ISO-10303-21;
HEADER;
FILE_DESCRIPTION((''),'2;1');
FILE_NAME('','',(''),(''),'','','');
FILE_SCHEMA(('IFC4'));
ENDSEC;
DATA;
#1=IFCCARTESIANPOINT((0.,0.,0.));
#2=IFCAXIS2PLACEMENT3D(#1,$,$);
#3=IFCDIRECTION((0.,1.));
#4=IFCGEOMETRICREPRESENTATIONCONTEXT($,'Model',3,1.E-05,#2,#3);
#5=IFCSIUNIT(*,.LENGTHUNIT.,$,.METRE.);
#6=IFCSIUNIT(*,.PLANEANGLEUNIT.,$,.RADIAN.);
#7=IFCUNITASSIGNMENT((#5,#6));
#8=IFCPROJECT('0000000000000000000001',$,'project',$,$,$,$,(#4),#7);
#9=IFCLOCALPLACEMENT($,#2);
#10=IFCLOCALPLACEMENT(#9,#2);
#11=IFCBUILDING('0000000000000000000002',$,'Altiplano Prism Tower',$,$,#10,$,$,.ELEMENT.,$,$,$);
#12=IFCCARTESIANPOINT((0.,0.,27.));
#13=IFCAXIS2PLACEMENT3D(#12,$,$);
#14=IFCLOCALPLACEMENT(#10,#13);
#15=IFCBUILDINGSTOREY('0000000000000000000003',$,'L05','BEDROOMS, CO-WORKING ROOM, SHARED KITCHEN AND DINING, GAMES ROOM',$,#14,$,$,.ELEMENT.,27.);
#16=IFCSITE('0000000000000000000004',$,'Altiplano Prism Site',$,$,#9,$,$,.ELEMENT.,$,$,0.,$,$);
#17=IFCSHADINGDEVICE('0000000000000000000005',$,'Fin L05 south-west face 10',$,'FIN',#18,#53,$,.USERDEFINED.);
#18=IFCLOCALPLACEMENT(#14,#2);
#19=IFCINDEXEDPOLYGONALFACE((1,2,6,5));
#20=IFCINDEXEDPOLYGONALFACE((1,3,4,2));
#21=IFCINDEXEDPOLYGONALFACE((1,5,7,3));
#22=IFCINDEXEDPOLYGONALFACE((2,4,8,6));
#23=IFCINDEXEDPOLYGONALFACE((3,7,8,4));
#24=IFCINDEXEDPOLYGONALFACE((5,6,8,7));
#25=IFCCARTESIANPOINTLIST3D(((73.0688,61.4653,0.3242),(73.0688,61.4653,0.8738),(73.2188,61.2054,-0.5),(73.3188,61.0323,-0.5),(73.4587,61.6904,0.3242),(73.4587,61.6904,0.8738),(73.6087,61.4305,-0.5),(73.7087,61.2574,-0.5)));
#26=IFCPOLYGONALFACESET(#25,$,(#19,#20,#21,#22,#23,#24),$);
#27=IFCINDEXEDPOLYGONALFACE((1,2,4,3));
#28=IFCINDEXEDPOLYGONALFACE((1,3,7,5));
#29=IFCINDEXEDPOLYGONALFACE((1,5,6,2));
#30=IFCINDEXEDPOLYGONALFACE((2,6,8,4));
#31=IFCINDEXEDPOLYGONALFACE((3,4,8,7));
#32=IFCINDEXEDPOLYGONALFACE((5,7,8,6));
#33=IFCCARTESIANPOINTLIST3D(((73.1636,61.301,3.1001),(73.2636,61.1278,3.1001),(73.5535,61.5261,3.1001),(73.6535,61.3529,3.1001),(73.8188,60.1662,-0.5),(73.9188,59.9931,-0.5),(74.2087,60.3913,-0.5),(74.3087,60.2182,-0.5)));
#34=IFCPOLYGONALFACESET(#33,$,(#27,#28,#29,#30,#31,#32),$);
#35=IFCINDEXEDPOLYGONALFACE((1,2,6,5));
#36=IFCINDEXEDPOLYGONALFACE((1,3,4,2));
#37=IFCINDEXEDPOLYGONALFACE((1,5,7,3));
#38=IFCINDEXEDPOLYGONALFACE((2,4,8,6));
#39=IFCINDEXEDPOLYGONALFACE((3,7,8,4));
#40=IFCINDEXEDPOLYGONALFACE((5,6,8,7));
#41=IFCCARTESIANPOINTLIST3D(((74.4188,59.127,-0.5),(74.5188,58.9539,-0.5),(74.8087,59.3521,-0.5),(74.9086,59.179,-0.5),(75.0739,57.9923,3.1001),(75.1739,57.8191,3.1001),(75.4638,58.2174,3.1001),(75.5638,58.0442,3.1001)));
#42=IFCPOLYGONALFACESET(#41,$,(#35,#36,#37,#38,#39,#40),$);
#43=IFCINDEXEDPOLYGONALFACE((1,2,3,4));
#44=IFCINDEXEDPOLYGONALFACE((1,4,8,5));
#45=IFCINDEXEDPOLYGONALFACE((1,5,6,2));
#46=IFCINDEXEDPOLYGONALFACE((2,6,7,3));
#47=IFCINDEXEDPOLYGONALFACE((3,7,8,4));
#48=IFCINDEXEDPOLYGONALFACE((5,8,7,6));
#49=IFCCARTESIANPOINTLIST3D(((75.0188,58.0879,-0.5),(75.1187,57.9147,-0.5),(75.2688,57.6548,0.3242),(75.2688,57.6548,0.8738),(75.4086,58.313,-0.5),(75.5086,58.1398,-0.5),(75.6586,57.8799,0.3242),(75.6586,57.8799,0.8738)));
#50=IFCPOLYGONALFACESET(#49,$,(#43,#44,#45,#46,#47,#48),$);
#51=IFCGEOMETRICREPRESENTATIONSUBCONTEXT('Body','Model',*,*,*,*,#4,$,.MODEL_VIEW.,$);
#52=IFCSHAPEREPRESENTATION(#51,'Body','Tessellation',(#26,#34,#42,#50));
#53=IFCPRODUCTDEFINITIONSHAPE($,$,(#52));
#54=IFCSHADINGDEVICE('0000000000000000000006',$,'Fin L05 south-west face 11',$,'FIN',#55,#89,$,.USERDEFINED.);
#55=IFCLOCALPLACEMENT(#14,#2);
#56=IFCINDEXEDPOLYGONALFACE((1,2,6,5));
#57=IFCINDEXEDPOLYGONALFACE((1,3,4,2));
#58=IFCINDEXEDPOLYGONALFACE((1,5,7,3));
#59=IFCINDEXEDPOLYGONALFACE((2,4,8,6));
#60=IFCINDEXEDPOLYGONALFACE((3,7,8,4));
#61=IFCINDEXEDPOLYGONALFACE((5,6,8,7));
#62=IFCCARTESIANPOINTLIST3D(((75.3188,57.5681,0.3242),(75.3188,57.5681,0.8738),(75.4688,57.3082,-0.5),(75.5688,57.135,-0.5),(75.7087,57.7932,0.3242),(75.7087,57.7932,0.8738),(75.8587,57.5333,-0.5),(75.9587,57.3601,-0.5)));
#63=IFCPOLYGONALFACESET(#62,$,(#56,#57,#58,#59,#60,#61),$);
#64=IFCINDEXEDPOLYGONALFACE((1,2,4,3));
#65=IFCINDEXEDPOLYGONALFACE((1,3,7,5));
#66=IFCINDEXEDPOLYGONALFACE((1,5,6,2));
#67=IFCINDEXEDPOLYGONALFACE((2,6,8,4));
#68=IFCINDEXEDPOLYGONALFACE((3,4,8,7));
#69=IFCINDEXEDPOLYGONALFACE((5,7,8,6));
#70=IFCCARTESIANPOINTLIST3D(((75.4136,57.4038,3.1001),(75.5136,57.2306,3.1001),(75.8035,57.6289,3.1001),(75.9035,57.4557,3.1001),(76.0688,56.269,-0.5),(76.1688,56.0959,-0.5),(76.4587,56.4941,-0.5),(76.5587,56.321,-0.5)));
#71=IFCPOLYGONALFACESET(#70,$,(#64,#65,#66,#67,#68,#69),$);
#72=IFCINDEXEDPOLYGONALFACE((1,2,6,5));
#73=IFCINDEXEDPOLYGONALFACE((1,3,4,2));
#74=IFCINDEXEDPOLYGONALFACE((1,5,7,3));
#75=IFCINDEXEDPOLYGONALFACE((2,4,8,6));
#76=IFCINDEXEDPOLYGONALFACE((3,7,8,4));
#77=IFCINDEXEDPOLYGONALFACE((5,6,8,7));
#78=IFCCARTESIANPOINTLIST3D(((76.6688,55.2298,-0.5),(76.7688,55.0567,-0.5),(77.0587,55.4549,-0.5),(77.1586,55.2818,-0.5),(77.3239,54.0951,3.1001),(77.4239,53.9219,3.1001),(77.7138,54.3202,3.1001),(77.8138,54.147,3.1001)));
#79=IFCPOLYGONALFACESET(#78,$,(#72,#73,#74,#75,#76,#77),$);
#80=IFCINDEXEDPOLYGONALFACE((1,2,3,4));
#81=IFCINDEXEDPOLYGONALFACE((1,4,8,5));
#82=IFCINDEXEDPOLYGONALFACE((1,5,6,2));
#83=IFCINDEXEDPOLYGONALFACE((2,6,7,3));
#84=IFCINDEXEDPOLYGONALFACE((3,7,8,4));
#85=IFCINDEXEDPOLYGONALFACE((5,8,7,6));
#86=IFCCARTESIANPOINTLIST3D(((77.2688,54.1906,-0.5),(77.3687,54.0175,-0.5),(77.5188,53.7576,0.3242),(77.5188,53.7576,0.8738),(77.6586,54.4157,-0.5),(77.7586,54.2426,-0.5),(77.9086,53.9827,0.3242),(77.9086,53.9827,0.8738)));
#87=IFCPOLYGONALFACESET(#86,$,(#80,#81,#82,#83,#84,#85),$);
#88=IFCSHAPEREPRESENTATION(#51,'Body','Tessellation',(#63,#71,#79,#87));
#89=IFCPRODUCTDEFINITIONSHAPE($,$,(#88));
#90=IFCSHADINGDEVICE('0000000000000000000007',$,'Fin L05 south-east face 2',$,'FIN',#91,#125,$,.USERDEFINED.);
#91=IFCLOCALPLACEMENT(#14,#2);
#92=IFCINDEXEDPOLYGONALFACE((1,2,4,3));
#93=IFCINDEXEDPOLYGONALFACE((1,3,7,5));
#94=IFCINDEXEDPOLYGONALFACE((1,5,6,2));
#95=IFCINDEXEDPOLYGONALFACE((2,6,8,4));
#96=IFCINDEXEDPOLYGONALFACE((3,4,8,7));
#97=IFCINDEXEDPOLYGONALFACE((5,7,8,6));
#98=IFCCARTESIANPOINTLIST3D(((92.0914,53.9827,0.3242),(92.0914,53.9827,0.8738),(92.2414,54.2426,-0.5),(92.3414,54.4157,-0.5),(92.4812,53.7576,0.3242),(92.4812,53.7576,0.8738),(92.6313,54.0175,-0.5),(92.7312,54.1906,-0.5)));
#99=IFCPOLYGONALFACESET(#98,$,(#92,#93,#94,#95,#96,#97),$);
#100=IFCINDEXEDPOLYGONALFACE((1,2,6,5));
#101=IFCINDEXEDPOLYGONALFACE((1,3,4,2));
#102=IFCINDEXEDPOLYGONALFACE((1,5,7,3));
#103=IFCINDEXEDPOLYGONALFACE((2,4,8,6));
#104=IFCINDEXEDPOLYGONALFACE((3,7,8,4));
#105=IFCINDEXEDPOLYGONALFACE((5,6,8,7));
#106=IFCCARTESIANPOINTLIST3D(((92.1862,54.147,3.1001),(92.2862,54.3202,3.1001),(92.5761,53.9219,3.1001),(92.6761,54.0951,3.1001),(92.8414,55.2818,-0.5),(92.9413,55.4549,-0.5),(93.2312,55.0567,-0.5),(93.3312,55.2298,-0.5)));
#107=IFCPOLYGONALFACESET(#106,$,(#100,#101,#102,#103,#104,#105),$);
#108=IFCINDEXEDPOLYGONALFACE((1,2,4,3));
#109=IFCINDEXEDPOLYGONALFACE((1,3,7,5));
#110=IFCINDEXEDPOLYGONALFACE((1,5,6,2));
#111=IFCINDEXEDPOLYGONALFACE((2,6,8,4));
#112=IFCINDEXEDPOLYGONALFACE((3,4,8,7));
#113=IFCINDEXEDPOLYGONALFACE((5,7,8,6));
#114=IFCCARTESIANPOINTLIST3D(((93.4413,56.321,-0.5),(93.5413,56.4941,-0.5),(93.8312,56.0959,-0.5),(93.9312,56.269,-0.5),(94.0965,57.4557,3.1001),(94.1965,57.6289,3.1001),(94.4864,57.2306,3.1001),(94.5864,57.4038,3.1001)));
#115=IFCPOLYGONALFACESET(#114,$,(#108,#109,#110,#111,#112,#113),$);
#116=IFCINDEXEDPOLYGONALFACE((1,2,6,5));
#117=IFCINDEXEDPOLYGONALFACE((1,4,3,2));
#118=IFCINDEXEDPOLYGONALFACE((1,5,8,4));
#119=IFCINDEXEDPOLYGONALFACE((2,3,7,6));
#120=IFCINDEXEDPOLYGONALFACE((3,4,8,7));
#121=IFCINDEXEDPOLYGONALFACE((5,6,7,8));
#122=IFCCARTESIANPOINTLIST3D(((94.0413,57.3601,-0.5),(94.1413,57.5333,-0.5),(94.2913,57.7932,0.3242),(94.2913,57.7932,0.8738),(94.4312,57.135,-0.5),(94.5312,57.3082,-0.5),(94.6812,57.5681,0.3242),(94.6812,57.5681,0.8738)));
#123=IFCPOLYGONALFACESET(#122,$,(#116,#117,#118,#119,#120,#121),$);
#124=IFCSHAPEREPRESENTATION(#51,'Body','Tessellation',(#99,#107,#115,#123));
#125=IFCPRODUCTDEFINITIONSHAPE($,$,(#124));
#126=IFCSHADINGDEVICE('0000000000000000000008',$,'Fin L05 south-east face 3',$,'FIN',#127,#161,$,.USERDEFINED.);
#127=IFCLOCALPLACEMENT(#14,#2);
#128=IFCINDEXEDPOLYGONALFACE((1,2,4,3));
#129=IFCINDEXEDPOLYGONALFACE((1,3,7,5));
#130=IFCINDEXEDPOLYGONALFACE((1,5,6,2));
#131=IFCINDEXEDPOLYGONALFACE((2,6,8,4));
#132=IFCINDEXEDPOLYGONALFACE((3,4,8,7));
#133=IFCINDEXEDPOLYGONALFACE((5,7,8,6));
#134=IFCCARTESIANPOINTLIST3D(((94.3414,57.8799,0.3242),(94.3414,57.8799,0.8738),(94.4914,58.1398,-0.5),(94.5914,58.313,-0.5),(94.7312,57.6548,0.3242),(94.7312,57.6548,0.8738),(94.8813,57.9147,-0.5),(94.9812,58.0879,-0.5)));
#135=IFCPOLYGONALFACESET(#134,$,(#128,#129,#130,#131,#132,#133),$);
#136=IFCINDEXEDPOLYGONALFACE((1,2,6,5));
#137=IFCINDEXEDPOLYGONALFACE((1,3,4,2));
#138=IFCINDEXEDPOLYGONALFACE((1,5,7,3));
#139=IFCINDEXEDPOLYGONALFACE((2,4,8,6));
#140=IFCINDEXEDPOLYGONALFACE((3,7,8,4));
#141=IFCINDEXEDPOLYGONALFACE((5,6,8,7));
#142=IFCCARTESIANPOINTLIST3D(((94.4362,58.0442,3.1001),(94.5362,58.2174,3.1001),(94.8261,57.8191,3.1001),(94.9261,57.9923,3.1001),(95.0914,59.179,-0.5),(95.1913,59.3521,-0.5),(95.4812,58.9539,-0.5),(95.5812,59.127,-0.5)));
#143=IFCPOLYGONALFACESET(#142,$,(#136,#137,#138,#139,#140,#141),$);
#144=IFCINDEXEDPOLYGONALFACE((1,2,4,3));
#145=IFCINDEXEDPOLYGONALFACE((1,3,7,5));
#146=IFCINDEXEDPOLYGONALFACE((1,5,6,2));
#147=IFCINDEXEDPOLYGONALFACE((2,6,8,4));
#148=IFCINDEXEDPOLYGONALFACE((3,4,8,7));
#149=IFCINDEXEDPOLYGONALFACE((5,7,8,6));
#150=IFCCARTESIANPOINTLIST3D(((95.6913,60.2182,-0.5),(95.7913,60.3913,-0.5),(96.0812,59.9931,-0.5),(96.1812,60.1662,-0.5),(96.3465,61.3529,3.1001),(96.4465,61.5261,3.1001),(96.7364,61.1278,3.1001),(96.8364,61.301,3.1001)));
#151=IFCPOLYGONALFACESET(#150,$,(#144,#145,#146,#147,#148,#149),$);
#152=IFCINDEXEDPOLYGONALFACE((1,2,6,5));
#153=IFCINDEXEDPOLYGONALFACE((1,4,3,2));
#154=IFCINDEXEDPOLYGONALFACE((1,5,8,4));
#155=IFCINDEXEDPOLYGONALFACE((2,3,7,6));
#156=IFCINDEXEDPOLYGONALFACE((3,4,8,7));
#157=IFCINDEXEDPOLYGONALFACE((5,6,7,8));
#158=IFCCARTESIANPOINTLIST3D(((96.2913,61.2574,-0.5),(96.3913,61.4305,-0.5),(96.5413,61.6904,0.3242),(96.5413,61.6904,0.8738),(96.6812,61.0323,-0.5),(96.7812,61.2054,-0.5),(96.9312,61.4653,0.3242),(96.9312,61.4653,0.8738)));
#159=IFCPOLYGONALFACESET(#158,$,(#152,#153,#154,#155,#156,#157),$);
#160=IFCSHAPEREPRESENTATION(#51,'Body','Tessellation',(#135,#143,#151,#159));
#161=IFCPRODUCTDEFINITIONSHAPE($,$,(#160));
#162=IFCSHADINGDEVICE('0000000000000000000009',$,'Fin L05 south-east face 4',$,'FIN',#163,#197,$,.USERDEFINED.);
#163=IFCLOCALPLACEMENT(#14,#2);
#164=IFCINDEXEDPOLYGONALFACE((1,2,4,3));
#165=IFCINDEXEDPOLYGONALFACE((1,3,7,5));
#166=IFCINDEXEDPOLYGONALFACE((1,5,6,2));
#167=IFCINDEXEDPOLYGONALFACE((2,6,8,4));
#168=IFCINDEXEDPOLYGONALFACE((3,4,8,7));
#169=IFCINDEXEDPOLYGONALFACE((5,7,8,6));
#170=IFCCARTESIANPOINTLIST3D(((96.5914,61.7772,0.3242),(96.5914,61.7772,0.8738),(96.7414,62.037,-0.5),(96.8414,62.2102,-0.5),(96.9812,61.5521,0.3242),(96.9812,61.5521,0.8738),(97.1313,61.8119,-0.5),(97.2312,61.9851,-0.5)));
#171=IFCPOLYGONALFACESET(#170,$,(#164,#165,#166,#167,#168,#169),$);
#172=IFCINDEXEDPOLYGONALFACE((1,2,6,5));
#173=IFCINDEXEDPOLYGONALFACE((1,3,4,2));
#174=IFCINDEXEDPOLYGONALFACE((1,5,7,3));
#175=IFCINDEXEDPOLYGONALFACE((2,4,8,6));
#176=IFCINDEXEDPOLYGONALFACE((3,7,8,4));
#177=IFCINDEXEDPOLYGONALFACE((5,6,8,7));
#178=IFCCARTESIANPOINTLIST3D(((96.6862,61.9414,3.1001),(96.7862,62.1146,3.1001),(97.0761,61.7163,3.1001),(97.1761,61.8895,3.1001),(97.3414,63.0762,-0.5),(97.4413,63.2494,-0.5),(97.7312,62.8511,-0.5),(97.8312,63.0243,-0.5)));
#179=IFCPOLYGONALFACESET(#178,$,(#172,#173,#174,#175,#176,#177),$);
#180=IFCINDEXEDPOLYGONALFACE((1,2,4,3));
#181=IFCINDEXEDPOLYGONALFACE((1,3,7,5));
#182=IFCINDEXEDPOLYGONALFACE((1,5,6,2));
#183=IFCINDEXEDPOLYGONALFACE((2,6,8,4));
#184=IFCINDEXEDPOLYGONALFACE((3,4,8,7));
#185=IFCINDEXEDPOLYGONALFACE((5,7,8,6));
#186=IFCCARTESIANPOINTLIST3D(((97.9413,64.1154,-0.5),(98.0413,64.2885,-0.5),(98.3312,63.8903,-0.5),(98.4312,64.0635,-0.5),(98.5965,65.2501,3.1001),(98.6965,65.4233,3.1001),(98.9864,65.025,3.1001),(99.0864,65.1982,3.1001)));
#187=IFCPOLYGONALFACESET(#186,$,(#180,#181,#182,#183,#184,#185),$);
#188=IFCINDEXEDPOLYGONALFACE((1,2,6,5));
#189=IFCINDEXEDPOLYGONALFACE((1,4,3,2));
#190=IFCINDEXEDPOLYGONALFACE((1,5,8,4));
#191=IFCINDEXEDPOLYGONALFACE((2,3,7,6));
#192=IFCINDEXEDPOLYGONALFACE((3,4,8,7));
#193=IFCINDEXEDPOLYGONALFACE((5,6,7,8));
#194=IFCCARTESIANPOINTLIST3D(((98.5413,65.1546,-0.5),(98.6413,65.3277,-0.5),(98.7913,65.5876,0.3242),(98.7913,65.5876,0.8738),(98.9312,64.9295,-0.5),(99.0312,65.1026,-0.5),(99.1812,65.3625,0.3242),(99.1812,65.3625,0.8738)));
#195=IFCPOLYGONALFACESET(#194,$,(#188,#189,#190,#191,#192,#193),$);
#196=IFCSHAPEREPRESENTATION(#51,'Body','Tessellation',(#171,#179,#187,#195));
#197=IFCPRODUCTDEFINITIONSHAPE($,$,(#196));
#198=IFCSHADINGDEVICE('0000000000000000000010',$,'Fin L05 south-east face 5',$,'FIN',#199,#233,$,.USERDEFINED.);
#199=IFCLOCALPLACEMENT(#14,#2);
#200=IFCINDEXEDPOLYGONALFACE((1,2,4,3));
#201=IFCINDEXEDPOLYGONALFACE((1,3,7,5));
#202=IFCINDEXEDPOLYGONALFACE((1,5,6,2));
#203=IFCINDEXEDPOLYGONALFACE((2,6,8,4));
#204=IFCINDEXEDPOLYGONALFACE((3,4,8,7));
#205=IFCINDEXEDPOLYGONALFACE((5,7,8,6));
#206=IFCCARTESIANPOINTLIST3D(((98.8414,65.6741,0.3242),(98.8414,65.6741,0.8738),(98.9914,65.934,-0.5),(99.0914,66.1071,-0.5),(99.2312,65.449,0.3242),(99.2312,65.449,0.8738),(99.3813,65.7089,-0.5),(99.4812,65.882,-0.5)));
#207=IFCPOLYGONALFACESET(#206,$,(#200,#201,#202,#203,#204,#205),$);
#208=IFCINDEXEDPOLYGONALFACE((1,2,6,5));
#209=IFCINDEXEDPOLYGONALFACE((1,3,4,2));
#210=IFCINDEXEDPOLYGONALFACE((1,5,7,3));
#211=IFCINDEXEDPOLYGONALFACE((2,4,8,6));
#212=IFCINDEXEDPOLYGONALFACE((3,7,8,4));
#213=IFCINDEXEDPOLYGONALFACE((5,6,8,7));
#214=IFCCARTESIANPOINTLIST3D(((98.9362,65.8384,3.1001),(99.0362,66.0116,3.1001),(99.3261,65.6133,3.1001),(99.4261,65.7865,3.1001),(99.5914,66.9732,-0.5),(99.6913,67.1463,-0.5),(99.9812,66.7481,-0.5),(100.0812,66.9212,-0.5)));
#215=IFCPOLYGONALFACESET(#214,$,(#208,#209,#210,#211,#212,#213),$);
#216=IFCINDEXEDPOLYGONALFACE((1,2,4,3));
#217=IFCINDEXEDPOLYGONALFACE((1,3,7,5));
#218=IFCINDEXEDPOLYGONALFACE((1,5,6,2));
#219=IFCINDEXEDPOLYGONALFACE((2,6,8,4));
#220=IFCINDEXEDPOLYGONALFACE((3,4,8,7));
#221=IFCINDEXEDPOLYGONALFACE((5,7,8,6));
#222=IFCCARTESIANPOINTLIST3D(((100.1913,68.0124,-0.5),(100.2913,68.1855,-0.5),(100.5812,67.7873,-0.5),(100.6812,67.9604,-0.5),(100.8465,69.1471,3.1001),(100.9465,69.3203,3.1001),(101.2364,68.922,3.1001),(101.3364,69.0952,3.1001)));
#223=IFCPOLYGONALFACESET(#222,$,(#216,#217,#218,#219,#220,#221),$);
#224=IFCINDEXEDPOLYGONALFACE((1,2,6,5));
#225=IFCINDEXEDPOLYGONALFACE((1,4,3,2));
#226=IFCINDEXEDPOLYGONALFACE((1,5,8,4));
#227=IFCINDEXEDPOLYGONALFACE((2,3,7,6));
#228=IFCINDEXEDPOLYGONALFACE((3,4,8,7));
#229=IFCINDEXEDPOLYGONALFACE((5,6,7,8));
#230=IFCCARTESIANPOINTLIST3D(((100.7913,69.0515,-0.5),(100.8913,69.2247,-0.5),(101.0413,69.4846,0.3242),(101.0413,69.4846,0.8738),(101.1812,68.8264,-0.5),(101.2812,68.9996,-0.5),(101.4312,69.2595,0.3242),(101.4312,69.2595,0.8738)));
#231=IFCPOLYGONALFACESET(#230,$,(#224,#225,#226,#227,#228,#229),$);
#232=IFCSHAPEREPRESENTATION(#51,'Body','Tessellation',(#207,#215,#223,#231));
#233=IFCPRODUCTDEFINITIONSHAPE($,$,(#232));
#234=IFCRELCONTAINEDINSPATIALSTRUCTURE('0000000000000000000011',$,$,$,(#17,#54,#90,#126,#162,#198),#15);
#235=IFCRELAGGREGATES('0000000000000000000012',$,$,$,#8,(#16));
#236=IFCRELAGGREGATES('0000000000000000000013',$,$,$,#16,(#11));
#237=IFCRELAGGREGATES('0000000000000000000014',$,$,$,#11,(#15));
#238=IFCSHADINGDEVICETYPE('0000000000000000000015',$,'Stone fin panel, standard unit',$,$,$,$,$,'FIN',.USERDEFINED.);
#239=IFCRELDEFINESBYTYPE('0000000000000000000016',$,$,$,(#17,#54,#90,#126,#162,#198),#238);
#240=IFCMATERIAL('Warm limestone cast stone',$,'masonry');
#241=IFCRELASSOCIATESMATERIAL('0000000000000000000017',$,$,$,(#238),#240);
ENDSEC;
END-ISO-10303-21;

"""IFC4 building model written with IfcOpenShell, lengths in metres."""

from ifc_helpers import new_model, si_unit, direction, frame, origin, place, context, subcontext, project, spatial, polyline, outline, extrude, source, transform, mapped, material, type_object, element, save


model = new_model("IFC4")

# Units and contexts
model_context = context("Model", 3, precision=1e-05, world=origin(), true_north=direction((0.0, 1.0)))
body_context = subcontext(model_context, "Body", "Model", "MODEL_VIEW")
ifc_project = project(units=[si_unit("LENGTHUNIT", "METRE"), si_unit("PLANEANGLEUNIT", "RADIAN")], contexts=[model_context])

# Site, building, storey
site_placement = place(None, origin())
site = spatial("IfcSite", under=ifc_project, at=site_placement, Name="Altiplano Prism Site", CompositionType="ELEMENT", RefElevation=0.0)
building_placement = place(site_placement, origin())
building = spatial("IfcBuilding", under=site, at=building_placement, Name="Altiplano Prism Tower", CompositionType="ELEMENT")
storey_placement = place(building_placement, frame((0.0, 0.0, 27.0)))
storey = spatial("IfcBuildingStorey", under=building, at=storey_placement, Name="L05", Description="BEDROOMS, CO-WORKING ROOM, SHARED KITCHEN AND DINING, GAMES ROOM", CompositionType="ELEMENT", Elevation=27.0)

# Shading devices
ifc_material_1 = material(Name="Warm limestone cast stone", Category="masonry")
shading_device_type_1 = type_object("IfcShadingDeviceType", Name="Stone fin panel, standard unit", ElementType="FIN", PredefinedType="USERDEFINED", material=ifc_material_1)
shared_shape_1 = source(origin(), body_context, "Body", "SweptSolid", [
    extrude(outline(polyline([(-2.2, 1.3738), (-2.2, 0.8242), (-1.8999, 0.0), (-1.7, 0.0), (-2.2, 1.3738)])), frame((0.0, -0.1499, 0.0), z_axis=(0.0, -1.0, 0.0), x_axis=(1.0, 0.0, 0.0)), (0.0, 0.0, 1.0), 0.4502),
    extrude(outline(polyline([(-2.0103, 3.6001), (-0.7, 0.0), (-0.5, 0.0), (-1.8103, 3.6001), (-2.0103, 3.6001)])), frame((0.0, -0.1499, 0.0), z_axis=(0.0, -1.0, 0.0), x_axis=(1.0, 0.0, 0.0)), (0.0, 0.0, 1.0), 0.4502),
    extrude(outline(polyline([(1.8103, 3.6001), (0.5, 0.0), (0.7, 0.0), (2.0103, 3.6001), (1.8103, 3.6001)])), frame((0.0, -0.1499, 0.0), z_axis=(0.0, -1.0, 0.0), x_axis=(1.0, 0.0, 0.0)), (0.0, 0.0, 1.0), 0.4502),
    extrude(outline(polyline([(2.2, 0.8242), (2.2, 1.3738), (1.7, 0.0), (1.8999, 0.0), (2.2, 0.8242)])), frame((0.0, -0.1499, 0.0), z_axis=(0.0, -1.0, 0.0), x_axis=(1.0, 0.0, 0.0)), (0.0, 0.0, 1.0), 0.4502),
])
shading_device_1_placement = place(storey_placement, origin())
element("IfcShadingDevice", 1, at=shading_device_1_placement, inside=storey, type_object=shading_device_type_1, Name="Fin L05 south-west face 10", ObjectType="FIN", PredefinedType="USERDEFINED", context=body_context, shape_type="MappedRepresentation", body=[
    mapped(shared_shape_1, transform((74.6885, 59.8601, -0.5), x_axis=(0.5, -0.866025, 0.0), y_axis=(0.866025, 0.5, 0.0), z_axis=(0.0, 0.0, 1.0))),
])
shading_device_2_placement = place(storey_placement, origin())
element("IfcShadingDevice", 2, at=shading_device_2_placement, inside=storey, type_object=shading_device_type_1, Name="Fin L05 south-west face 11", ObjectType="FIN", PredefinedType="USERDEFINED", context=body_context, shape_type="MappedRepresentation", body=[
    mapped(shared_shape_1, transform((76.9385, 55.9629, -0.5), x_axis=(0.5, -0.866025, 0.0), y_axis=(0.866025, 0.5, 0.0), z_axis=(0.0, 0.0, 1.0))),
])
shading_device_3_placement = place(storey_placement, origin())
element("IfcShadingDevice", 3, at=shading_device_3_placement, inside=storey, type_object=shading_device_type_1, Name="Fin L05 south-east face 2", ObjectType="FIN", PredefinedType="USERDEFINED", context=body_context, shape_type="MappedRepresentation", body=[
    mapped(shared_shape_1, transform((93.0615, 55.9629, -0.5), x_axis=(0.5, 0.866025, 0.0), y_axis=(-0.866025, 0.5, 0.0), z_axis=(0.0, 0.0, 1.0))),
])
shading_device_4_placement = place(storey_placement, origin())
element("IfcShadingDevice", 4, at=shading_device_4_placement, inside=storey, type_object=shading_device_type_1, Name="Fin L05 south-east face 3", ObjectType="FIN", PredefinedType="USERDEFINED", context=body_context, shape_type="MappedRepresentation", body=[
    mapped(shared_shape_1, transform((95.3115, 59.8601, -0.5), x_axis=(0.5, 0.866025, 0.0), y_axis=(-0.866025, 0.5, 0.0), z_axis=(0.0, 0.0, 1.0))),
])
shading_device_5_placement = place(storey_placement, origin())
element("IfcShadingDevice", 5, at=shading_device_5_placement, inside=storey, type_object=shading_device_type_1, Name="Fin L05 south-east face 4", ObjectType="FIN", PredefinedType="USERDEFINED", context=body_context, shape_type="MappedRepresentation", body=[
    mapped(shared_shape_1, transform((97.5615, 63.7573, -0.5), x_axis=(0.5, 0.866025, 0.0), y_axis=(-0.866025, 0.5, 0.0), z_axis=(0.0, 0.0, 1.0))),
])
shading_device_6_placement = place(storey_placement, origin())
element("IfcShadingDevice", 6, at=shading_device_6_placement, inside=storey, type_object=shading_device_type_1, Name="Fin L05 south-east face 5", ObjectType="FIN", PredefinedType="USERDEFINED", context=body_context, shape_type="MappedRepresentation", body=[
    mapped(shared_shape_1, transform((99.8115, 67.6543, -0.5), x_axis=(0.5, 0.866025, 0.0), y_axis=(-0.866025, 0.5, 0.0), z_axis=(0.0, 0.0, 1.0))),
])

save(model, "model.ifc")
